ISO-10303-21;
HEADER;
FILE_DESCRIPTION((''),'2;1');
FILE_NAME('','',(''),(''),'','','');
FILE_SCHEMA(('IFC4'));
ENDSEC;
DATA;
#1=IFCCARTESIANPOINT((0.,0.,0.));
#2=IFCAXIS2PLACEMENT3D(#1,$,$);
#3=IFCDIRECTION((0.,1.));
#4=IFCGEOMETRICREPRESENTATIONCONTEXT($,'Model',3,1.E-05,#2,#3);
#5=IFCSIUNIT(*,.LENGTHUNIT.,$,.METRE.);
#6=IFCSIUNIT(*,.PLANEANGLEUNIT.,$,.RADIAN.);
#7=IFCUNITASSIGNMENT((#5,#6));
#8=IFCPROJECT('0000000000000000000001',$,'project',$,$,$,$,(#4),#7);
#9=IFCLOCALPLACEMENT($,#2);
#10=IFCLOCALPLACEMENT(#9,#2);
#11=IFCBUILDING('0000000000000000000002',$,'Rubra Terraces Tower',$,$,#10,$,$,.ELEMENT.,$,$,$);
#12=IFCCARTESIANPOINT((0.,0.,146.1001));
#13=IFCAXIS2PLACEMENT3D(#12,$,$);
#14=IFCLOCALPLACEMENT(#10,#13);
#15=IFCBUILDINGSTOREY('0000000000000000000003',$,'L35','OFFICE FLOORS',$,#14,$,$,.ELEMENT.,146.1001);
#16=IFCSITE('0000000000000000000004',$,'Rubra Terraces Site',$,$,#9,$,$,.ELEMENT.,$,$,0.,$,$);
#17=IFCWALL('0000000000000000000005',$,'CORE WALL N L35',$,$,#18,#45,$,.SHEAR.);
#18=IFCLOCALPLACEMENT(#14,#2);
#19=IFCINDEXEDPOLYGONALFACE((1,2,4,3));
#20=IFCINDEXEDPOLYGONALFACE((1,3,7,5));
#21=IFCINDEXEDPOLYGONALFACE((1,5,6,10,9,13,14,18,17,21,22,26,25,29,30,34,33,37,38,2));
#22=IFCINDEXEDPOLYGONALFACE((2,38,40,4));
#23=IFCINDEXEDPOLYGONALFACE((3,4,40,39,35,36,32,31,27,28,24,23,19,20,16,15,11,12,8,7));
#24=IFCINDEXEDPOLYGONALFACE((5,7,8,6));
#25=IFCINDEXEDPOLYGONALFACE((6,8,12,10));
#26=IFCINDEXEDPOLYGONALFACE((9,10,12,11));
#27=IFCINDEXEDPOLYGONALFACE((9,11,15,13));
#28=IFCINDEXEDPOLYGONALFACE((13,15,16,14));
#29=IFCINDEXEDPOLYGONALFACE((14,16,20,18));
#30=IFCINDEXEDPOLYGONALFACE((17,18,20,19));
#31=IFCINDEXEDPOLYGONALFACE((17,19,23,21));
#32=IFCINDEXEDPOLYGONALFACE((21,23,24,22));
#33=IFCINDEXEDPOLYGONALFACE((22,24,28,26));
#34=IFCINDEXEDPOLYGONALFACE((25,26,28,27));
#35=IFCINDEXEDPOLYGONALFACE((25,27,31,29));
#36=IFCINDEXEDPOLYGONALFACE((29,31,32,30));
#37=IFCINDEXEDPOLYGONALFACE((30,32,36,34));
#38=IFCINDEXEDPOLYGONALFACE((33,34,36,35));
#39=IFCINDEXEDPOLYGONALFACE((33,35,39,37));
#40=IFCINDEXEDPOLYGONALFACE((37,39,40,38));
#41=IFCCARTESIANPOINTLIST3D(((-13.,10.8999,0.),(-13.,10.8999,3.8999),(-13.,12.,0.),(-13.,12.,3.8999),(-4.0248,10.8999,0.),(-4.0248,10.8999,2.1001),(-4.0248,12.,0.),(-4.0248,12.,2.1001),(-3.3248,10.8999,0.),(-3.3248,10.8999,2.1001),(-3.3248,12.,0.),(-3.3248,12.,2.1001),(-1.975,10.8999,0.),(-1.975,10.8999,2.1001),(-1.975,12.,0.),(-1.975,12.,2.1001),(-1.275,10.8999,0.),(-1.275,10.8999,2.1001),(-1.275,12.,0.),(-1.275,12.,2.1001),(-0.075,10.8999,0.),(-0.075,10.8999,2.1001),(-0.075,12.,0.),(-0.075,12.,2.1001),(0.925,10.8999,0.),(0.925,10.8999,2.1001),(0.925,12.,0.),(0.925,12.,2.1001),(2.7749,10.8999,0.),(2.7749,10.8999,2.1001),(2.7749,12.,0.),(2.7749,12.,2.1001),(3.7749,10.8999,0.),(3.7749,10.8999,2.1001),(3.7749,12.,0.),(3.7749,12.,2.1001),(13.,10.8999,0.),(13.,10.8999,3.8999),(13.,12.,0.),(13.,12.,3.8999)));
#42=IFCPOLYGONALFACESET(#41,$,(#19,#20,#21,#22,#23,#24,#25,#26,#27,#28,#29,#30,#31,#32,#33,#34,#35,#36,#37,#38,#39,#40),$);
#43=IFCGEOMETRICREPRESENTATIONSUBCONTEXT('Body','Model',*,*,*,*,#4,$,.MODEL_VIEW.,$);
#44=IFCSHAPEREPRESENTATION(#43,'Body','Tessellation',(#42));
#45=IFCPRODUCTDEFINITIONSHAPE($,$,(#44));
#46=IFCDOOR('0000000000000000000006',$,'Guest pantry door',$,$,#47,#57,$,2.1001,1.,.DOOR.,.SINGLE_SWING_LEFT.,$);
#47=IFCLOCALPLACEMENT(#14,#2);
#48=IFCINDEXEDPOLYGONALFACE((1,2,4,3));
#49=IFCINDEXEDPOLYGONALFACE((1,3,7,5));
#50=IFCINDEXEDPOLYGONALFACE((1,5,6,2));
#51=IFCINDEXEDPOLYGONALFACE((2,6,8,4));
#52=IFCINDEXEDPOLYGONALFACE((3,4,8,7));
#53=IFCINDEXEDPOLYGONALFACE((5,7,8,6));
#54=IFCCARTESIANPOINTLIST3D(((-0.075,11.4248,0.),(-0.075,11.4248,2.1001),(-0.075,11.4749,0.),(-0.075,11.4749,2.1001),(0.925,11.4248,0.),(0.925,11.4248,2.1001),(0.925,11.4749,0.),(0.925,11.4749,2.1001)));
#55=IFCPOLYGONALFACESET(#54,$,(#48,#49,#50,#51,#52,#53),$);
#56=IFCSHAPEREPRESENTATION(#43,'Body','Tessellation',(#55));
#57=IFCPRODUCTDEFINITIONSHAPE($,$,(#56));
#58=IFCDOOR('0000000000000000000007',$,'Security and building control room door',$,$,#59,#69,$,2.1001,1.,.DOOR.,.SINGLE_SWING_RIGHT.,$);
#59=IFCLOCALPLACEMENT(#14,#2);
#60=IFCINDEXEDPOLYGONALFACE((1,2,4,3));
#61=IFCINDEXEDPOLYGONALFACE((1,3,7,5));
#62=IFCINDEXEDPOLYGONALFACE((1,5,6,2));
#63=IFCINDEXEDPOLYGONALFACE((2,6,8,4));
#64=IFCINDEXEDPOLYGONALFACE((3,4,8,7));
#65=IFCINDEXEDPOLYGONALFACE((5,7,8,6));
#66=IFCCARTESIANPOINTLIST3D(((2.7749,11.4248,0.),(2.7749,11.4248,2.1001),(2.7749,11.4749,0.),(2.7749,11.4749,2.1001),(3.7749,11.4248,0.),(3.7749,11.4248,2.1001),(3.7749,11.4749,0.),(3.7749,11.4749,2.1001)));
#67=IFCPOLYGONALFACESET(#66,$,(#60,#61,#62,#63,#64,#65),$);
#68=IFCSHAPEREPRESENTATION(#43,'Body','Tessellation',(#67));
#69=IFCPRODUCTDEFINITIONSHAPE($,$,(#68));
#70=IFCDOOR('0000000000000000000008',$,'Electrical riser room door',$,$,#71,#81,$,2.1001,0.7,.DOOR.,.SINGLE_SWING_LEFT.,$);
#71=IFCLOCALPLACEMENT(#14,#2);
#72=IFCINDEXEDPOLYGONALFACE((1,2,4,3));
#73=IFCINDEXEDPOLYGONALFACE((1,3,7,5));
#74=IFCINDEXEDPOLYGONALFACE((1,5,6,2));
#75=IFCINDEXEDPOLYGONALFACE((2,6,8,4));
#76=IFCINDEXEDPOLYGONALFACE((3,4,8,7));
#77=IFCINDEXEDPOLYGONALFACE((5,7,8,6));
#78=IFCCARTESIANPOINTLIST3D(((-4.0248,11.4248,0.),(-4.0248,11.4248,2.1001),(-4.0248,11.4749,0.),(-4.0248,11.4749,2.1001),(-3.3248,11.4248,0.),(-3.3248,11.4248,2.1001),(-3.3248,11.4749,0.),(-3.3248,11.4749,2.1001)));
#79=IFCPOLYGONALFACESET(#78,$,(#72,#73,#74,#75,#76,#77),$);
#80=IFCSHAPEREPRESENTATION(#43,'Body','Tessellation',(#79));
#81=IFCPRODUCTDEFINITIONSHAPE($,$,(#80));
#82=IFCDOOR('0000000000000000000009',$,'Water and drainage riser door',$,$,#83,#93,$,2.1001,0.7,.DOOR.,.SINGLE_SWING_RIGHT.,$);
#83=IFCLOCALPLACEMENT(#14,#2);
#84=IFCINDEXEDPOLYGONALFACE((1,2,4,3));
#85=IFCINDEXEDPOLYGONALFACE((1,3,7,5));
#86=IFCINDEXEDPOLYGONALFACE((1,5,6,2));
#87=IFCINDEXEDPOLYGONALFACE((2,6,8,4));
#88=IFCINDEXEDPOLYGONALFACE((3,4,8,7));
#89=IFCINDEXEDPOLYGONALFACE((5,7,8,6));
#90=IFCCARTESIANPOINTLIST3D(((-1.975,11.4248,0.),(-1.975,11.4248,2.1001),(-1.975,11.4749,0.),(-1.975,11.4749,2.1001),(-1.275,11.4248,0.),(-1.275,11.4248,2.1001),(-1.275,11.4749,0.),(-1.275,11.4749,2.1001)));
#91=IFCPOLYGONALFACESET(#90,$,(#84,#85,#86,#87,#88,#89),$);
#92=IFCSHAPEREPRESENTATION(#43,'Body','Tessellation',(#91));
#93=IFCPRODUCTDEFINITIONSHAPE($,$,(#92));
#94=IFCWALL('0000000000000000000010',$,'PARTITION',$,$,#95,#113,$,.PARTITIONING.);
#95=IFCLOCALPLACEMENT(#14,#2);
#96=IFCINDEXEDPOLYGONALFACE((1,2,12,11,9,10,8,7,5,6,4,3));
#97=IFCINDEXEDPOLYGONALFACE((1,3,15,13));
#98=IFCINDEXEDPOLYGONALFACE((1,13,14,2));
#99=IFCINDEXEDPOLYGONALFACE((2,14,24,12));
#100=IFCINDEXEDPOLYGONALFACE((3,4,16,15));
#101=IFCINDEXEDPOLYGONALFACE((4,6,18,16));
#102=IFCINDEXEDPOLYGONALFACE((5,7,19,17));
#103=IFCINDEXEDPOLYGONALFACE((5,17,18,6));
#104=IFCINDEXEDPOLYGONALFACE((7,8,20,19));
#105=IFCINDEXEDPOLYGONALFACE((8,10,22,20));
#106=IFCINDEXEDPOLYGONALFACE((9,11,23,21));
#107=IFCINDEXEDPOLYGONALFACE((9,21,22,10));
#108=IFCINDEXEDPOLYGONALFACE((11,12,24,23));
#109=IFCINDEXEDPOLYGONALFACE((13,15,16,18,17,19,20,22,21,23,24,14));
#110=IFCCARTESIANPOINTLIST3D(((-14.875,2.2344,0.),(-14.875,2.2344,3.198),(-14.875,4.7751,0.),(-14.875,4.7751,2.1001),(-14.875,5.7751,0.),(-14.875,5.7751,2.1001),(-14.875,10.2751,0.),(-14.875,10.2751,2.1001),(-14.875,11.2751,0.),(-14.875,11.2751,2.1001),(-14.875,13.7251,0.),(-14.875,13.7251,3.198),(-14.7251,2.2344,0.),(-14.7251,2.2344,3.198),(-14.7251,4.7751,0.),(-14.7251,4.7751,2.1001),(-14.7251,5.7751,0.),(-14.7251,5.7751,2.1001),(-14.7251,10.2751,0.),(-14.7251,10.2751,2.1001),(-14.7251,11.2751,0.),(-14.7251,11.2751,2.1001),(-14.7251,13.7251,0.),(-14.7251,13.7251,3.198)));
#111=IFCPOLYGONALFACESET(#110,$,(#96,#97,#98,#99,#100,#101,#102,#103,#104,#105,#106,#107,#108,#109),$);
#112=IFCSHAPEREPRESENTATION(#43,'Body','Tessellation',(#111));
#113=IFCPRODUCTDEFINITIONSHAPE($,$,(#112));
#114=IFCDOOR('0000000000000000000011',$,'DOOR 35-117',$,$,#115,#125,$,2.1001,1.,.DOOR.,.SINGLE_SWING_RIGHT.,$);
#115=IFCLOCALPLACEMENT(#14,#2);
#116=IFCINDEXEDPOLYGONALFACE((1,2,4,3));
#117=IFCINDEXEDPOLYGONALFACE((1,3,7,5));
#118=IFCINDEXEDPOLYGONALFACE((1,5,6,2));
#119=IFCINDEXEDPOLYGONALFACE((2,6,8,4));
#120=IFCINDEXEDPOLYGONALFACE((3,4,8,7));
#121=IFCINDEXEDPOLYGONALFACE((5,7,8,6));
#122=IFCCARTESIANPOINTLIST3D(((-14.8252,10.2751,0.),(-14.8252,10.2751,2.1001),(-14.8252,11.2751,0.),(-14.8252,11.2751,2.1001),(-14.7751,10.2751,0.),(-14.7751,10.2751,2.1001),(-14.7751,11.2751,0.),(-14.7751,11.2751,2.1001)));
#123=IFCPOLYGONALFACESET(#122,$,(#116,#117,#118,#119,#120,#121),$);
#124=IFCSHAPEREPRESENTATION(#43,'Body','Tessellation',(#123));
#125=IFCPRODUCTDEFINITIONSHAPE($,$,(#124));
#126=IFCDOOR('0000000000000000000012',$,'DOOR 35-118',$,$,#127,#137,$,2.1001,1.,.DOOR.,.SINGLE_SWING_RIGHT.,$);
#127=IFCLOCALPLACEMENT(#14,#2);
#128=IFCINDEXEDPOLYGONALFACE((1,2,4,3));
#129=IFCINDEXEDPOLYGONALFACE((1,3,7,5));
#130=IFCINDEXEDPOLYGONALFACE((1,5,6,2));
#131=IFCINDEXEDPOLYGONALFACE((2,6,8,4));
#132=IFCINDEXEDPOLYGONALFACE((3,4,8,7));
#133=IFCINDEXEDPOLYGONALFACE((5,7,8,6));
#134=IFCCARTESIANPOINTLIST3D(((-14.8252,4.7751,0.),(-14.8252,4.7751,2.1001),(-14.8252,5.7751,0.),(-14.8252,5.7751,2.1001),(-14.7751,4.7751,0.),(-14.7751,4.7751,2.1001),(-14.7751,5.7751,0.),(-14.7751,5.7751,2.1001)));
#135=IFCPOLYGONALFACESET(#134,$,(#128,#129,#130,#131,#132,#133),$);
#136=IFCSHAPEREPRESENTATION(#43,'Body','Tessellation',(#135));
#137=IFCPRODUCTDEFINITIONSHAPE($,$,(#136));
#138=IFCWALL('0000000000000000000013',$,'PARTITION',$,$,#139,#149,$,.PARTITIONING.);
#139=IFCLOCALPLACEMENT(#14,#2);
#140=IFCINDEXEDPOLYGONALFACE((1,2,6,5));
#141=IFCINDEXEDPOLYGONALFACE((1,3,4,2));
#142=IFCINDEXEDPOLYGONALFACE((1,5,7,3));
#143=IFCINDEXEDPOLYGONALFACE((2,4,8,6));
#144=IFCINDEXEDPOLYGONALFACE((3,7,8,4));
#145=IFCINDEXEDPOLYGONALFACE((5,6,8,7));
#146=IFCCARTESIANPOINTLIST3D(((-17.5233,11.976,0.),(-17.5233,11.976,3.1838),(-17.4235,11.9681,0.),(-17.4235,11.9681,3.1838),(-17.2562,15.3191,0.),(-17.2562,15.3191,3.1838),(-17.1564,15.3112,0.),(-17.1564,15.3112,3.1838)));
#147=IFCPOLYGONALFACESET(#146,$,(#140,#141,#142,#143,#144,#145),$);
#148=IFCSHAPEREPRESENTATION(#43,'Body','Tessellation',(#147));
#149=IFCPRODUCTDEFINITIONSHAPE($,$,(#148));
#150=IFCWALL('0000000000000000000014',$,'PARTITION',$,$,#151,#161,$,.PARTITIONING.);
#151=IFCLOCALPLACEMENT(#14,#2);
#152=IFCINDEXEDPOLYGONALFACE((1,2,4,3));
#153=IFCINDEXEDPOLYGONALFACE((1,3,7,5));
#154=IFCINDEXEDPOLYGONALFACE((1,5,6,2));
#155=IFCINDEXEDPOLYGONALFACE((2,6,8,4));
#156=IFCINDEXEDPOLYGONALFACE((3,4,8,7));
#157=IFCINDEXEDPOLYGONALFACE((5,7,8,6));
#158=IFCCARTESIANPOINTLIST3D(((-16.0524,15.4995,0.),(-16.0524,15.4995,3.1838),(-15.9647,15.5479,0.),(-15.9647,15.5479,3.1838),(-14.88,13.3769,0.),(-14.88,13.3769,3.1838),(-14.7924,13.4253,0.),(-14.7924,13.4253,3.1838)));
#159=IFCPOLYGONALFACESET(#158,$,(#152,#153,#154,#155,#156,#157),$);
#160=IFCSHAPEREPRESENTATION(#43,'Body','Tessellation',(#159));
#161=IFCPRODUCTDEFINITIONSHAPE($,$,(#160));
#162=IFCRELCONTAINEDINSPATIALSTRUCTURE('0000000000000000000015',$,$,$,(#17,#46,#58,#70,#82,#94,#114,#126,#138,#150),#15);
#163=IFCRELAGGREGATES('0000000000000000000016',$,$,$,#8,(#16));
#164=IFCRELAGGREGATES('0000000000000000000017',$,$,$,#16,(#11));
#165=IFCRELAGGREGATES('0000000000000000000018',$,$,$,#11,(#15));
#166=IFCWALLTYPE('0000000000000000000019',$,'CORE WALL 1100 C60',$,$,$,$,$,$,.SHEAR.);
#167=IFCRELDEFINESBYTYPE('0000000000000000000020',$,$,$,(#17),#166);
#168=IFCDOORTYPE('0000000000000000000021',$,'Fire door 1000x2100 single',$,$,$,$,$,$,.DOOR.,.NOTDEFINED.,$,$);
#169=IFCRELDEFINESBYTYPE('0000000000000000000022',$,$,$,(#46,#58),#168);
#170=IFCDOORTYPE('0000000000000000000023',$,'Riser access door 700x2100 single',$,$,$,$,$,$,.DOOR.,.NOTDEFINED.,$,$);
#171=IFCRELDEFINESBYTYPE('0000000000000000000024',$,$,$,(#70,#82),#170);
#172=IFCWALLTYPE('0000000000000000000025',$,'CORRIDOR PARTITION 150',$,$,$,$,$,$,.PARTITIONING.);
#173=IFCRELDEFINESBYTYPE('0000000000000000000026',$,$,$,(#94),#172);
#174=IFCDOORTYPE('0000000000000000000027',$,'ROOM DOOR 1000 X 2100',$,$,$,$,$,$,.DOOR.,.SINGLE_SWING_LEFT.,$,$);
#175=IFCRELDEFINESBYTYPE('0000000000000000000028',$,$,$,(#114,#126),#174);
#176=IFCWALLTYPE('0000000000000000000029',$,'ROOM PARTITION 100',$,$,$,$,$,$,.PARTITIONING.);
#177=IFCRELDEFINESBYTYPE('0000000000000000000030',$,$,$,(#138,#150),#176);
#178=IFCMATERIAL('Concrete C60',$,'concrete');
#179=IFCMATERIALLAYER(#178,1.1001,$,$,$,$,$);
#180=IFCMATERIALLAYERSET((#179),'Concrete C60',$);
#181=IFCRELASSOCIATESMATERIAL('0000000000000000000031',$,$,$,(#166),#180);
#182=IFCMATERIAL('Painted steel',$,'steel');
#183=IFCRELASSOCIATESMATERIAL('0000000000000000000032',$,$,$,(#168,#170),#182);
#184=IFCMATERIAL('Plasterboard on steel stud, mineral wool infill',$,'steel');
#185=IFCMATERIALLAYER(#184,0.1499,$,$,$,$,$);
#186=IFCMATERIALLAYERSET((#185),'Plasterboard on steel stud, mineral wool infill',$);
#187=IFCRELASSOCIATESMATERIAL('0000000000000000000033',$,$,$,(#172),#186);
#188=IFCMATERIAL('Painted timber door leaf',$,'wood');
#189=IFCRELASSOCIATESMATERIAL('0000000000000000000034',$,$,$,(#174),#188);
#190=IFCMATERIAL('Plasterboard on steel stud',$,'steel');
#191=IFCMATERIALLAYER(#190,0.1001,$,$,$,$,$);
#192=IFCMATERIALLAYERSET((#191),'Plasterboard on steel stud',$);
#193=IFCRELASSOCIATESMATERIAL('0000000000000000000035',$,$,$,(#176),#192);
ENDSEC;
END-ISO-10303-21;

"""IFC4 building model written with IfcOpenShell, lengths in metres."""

from ifc_helpers import new_model, si_unit, direction, frame, frame_2d, origin, place, context, subcontext, project, spatial, rectangle, extrude, material, layer, layer_set, type_object, element, fill, save


model = new_model("IFC4")

# Units and contexts
model_context = context("Model", 3, precision=1e-05, world=origin(), true_north=direction((0.0, 1.0)))
body_context = subcontext(model_context, "Body", "Model", "MODEL_VIEW")
ifc_project = project(units=[si_unit("LENGTHUNIT", "METRE"), si_unit("PLANEANGLEUNIT", "RADIAN")], contexts=[model_context])

# Site, building, storey
site_placement = place(None, origin())
site = spatial("IfcSite", under=ifc_project, at=site_placement, Name="Rubra Terraces Site", CompositionType="ELEMENT", RefElevation=0.0)
building_placement = place(site_placement, origin())
building = spatial("IfcBuilding", under=site, at=building_placement, Name="Rubra Terraces Tower", CompositionType="ELEMENT")
storey_placement = place(building_placement, frame((0.0, 0.0, 146.1001)))
storey = spatial("IfcBuildingStorey", under=building, at=storey_placement, Name="L35", Description="OFFICE FLOORS", CompositionType="ELEMENT", Elevation=146.1001)

# Walls, openings, doors
ifc_material_1 = material(Name="Concrete C60", Category="concrete")
ifc_layer_1 = layer(ifc_material_1, 1.1001)
ifc_layer_set_1 = layer_set([ifc_layer_1], Name="Concrete C60")
wall_type_1 = type_object("IfcWallType", Name="CORE WALL 1100 C60", PredefinedType="SHEAR", material=ifc_layer_set_1)
wall_1_placement = place(storey_placement, frame((-13.0, 11.45, 0.0), z_axis=(0.0, 0.0, 1.0), x_axis=(1.0, 0.0, 0.0)))
wall_1 = element("IfcWall", 1, at=wall_1_placement, inside=storey, type_object=wall_type_1, Name="CORE WALL N L35", PredefinedType="SHEAR", context=body_context, shape_type="SweptSolid", body=[
    extrude(rectangle(XDim=26.0, YDim=1.1001, at=frame_2d((13.0, 0.0))), origin(), (0.0, 0.0, 1.0), 3.8999),
])
opening_1_placement = place(wall_1_placement, frame((8.9751, 0.0, 0.0)))
opening_1 = element("IfcOpeningElement", 2, at=opening_1_placement, cuts=wall_1, PredefinedType="OPENING", context=body_context, shape_type="SweptSolid", body=[
    extrude(rectangle(XDim=0.7, YDim=2.1001, at=frame_2d((0.3501, 1.05))), frame((0.0, 0.5601, 0.0), z_axis=(0.0, -1.0, 0.0), x_axis=(1.0, 0.0, 0.0)), (0.0, 0.0, 1.0), 1.1201),
])
opening_2_placement = place(wall_1_placement, frame((11.0249, 0.0, 0.0)))
opening_2 = element("IfcOpeningElement", 3, at=opening_2_placement, cuts=wall_1, PredefinedType="OPENING", context=body_context, shape_type="SweptSolid", body=[
    extrude(rectangle(XDim=0.7, YDim=2.1001, at=frame_2d((0.3501, 1.05))), frame((0.0, 0.5601, 0.0), z_axis=(0.0, -1.0, 0.0), x_axis=(1.0, 0.0, 0.0)), (0.0, 0.0, 1.0), 1.1201),
])
opening_3_placement = place(wall_1_placement, frame((12.925, 0.0, 0.0)))
opening_3 = element("IfcOpeningElement", 4, at=opening_3_placement, cuts=wall_1, PredefinedType="OPENING", context=body_context, shape_type="SweptSolid", body=[
    extrude(rectangle(XDim=1.0, YDim=2.1001, at=frame_2d((0.5, 1.05))), frame((0.0, 0.5601, 0.0), z_axis=(0.0, -1.0, 0.0), x_axis=(1.0, 0.0, 0.0)), (0.0, 0.0, 1.0), 1.1201),
])
opening_4_placement = place(wall_1_placement, frame((15.7749, 0.0, 0.0)))
opening_4 = element("IfcOpeningElement", 5, at=opening_4_placement, cuts=wall_1, PredefinedType="OPENING", context=body_context, shape_type="SweptSolid", body=[
    extrude(rectangle(XDim=1.0, YDim=2.1001, at=frame_2d((0.5, 1.05))), frame((0.0, 0.5601, 0.0), z_axis=(0.0, -1.0, 0.0), x_axis=(1.0, 0.0, 0.0)), (0.0, 0.0, 1.0), 1.1201),
])
ifc_material_2 = material(Name="Painted steel", Category="steel")
door_type_1 = type_object("IfcDoorType", Name="Fire door 1000x2100 single", OperationType="NOTDEFINED", PredefinedType="DOOR", material=ifc_material_2)
door_1_placement = place(opening_3_placement, origin())
door_1 = element("IfcDoor", 6, at=door_1_placement, inside=storey, type_object=door_type_1, Name="Guest pantry door", OperationType="SINGLE_SWING_LEFT", OverallHeight=2.1001, OverallWidth=1.0, PredefinedType="DOOR", context=body_context, shape_type="SweptSolid", body=[
    extrude(rectangle(XDim=1.0, YDim=2.1001, at=frame_2d((0.5, 1.05))), frame((0.0, 0.0249, 0.0), z_axis=(0.0, -1.0, 0.0), x_axis=(1.0, 0.0, 0.0)), (0.0, 0.0, 1.0), 0.05),
])
fill(opening_3, door_1)
door_2_placement = place(opening_4_placement, origin())
door_2 = element("IfcDoor", 7, at=door_2_placement, inside=storey, type_object=door_type_1, Name="Security and building control room door", OperationType="SINGLE_SWING_RIGHT", OverallHeight=2.1001, OverallWidth=1.0, PredefinedType="DOOR", context=body_context, shape_type="SweptSolid", body=[
    extrude(rectangle(XDim=1.0, YDim=2.1001, at=frame_2d((0.5, 1.05))), frame((0.0, 0.0249, 0.0), z_axis=(0.0, -1.0, 0.0), x_axis=(1.0, 0.0, 0.0)), (0.0, 0.0, 1.0), 0.05),
])
fill(opening_4, door_2)
door_type_2 = type_object("IfcDoorType", Name="Riser access door 700x2100 single", OperationType="NOTDEFINED", PredefinedType="DOOR", material=ifc_material_2)
door_3_placement = place(opening_1_placement, origin())
door_3 = element("IfcDoor", 8, at=door_3_placement, inside=storey, type_object=door_type_2, Name="Electrical riser room door", OperationType="SINGLE_SWING_LEFT", OverallHeight=2.1001, OverallWidth=0.7, PredefinedType="DOOR", context=body_context, shape_type="SweptSolid", body=[
    extrude(rectangle(XDim=0.7, YDim=2.1001, at=frame_2d((0.3501, 1.05))), frame((0.0, 0.0249, 0.0), z_axis=(0.0, -1.0, 0.0), x_axis=(1.0, 0.0, 0.0)), (0.0, 0.0, 1.0), 0.05),
])
fill(opening_1, door_3)
door_4_placement = place(opening_2_placement, origin())
door_4 = element("IfcDoor", 9, at=door_4_placement, inside=storey, type_object=door_type_2, Name="Water and drainage riser door", OperationType="SINGLE_SWING_RIGHT", OverallHeight=2.1001, OverallWidth=0.7, PredefinedType="DOOR", context=body_context, shape_type="SweptSolid", body=[
    extrude(rectangle(XDim=0.7, YDim=2.1001, at=frame_2d((0.3501, 1.05))), frame((0.0, 0.0249, 0.0), z_axis=(0.0, -1.0, 0.0), x_axis=(1.0, 0.0, 0.0)), (0.0, 0.0, 1.0), 0.05),
])
fill(opening_2, door_4)
ifc_material_3 = material(Name="Plasterboard on steel stud, mineral wool infill", Category="steel")
ifc_layer_2 = layer(ifc_material_3, 0.1499)
ifc_layer_set_2 = layer_set([ifc_layer_2], Name="Plasterboard on steel stud, mineral wool infill")
wall_type_2 = type_object("IfcWallType", Name="CORRIDOR PARTITION 150", PredefinedType="PARTITIONING", material=ifc_layer_set_2)
wall_2_placement = place(storey_placement, frame((-14.8, 13.7251, 0.0), z_axis=(0.0, 0.0, 1.0), x_axis=(0.0, -1.0, 0.0)))
wall_2 = element("IfcWall", 10, at=wall_2_placement, inside=storey, type_object=wall_type_2, Name="PARTITION", PredefinedType="PARTITIONING", context=body_context, shape_type="SweptSolid", body=[
    extrude(rectangle(XDim=11.4907, YDim=0.1499, at=frame_2d((5.7454, 0.0))), origin(), (0.0, 0.0, 1.0), 3.198),
])
opening_5_placement = place(wall_2_placement, frame((2.45, 0.0, 0.0)))
opening_5 = element("IfcOpeningElement", 11, at=opening_5_placement, cuts=wall_2, PredefinedType="OPENING", context=body_context, shape_type="SweptSolid", body=[
    extrude(rectangle(XDim=1.0, YDim=2.1001, at=frame_2d((0.5, 1.05))), frame((0.0, 0.085, 0.0), z_axis=(0.0, -1.0, 0.0), x_axis=(1.0, 0.0, 0.0)), (0.0, 0.0, 1.0), 0.1699),
])
opening_6_placement = place(wall_2_placement, frame((7.95, 0.0, 0.0)))
opening_6 = element("IfcOpeningElement", 12, at=opening_6_placement, cuts=wall_2, PredefinedType="OPENING", context=body_context, shape_type="SweptSolid", body=[
    extrude(rectangle(XDim=1.0, YDim=2.1001, at=frame_2d((0.5, 1.05))), frame((0.0, 0.085, 0.0), z_axis=(0.0, -1.0, 0.0), x_axis=(1.0, 0.0, 0.0)), (0.0, 0.0, 1.0), 0.1699),
])
ifc_material_4 = material(Name="Painted timber door leaf", Category="wood")
door_type_3 = type_object("IfcDoorType", Name="ROOM DOOR 1000 X 2100", OperationType="SINGLE_SWING_LEFT", PredefinedType="DOOR", material=ifc_material_4)
door_5_placement = place(opening_5_placement, origin())
door_5 = element("IfcDoor", 13, at=door_5_placement, inside=storey, type_object=door_type_3, Name="DOOR 35-117", OperationType="SINGLE_SWING_RIGHT", OverallHeight=2.1001, OverallWidth=1.0, PredefinedType="DOOR", context=body_context, shape_type="SweptSolid", body=[
    extrude(rectangle(XDim=1.0, YDim=2.1001, at=frame_2d((0.5, 1.05))), frame((0.0, 0.0249, 0.0), z_axis=(0.0, -1.0, 0.0), x_axis=(1.0, 0.0, 0.0)), (0.0, 0.0, 1.0), 0.05),
])
fill(opening_5, door_5)
door_6_placement = place(opening_6_placement, origin())
door_6 = element("IfcDoor", 14, at=door_6_placement, inside=storey, type_object=door_type_3, Name="DOOR 35-118", OperationType="SINGLE_SWING_RIGHT", OverallHeight=2.1001, OverallWidth=1.0, PredefinedType="DOOR", context=body_context, shape_type="SweptSolid", body=[
    extrude(rectangle(XDim=1.0, YDim=2.1001, at=frame_2d((0.5, 1.05))), frame((0.0, 0.0249, 0.0), z_axis=(0.0, -1.0, 0.0), x_axis=(1.0, 0.0, 0.0)), (0.0, 0.0, 1.0), 0.05),
])
fill(opening_6, door_6)

# Walls
ifc_material_5 = material(Name="Plasterboard on steel stud", Category="steel")
ifc_layer_3 = layer(ifc_material_5, 0.1001)
ifc_layer_set_3 = layer_set([ifc_layer_3], Name="Plasterboard on steel stud")
wall_type_3 = type_object("IfcWallType", Name="ROOM PARTITION 100", PredefinedType="PARTITIONING", material=ifc_layer_set_3)
wall_3_placement = place(storey_placement, frame((-17.4734, 11.9722, 0.0), z_axis=(0.0, 0.0, 1.0), x_axis=(0.079641, 0.996824, 0.0)))
element("IfcWall", 15, at=wall_3_placement, inside=storey, type_object=wall_type_3, Name="PARTITION", PredefinedType="PARTITIONING", context=body_context, shape_type="SweptSolid", body=[
    extrude(rectangle(XDim=3.3538, YDim=0.1001, at=frame_2d((1.6768, 0.0))), origin(), (0.0, 0.0, 1.0), 3.1838),
])
wall_4_placement = place(storey_placement, frame((-14.8362, 13.4011, 0.0), z_axis=(0.0, 0.0, 1.0), x_axis=(-0.483487, 0.875351, 0.0)))
element("IfcWall", 16, at=wall_4_placement, inside=storey, type_object=wall_type_3, Name="PARTITION", PredefinedType="PARTITIONING", context=body_context, shape_type="SweptSolid", body=[
    extrude(rectangle(XDim=2.4248, YDim=0.1001, at=frame_2d((1.2124, 0.0))), origin(), (0.0, 0.0, 1.0), 3.1838),
])

save(model, "model.ifc")
